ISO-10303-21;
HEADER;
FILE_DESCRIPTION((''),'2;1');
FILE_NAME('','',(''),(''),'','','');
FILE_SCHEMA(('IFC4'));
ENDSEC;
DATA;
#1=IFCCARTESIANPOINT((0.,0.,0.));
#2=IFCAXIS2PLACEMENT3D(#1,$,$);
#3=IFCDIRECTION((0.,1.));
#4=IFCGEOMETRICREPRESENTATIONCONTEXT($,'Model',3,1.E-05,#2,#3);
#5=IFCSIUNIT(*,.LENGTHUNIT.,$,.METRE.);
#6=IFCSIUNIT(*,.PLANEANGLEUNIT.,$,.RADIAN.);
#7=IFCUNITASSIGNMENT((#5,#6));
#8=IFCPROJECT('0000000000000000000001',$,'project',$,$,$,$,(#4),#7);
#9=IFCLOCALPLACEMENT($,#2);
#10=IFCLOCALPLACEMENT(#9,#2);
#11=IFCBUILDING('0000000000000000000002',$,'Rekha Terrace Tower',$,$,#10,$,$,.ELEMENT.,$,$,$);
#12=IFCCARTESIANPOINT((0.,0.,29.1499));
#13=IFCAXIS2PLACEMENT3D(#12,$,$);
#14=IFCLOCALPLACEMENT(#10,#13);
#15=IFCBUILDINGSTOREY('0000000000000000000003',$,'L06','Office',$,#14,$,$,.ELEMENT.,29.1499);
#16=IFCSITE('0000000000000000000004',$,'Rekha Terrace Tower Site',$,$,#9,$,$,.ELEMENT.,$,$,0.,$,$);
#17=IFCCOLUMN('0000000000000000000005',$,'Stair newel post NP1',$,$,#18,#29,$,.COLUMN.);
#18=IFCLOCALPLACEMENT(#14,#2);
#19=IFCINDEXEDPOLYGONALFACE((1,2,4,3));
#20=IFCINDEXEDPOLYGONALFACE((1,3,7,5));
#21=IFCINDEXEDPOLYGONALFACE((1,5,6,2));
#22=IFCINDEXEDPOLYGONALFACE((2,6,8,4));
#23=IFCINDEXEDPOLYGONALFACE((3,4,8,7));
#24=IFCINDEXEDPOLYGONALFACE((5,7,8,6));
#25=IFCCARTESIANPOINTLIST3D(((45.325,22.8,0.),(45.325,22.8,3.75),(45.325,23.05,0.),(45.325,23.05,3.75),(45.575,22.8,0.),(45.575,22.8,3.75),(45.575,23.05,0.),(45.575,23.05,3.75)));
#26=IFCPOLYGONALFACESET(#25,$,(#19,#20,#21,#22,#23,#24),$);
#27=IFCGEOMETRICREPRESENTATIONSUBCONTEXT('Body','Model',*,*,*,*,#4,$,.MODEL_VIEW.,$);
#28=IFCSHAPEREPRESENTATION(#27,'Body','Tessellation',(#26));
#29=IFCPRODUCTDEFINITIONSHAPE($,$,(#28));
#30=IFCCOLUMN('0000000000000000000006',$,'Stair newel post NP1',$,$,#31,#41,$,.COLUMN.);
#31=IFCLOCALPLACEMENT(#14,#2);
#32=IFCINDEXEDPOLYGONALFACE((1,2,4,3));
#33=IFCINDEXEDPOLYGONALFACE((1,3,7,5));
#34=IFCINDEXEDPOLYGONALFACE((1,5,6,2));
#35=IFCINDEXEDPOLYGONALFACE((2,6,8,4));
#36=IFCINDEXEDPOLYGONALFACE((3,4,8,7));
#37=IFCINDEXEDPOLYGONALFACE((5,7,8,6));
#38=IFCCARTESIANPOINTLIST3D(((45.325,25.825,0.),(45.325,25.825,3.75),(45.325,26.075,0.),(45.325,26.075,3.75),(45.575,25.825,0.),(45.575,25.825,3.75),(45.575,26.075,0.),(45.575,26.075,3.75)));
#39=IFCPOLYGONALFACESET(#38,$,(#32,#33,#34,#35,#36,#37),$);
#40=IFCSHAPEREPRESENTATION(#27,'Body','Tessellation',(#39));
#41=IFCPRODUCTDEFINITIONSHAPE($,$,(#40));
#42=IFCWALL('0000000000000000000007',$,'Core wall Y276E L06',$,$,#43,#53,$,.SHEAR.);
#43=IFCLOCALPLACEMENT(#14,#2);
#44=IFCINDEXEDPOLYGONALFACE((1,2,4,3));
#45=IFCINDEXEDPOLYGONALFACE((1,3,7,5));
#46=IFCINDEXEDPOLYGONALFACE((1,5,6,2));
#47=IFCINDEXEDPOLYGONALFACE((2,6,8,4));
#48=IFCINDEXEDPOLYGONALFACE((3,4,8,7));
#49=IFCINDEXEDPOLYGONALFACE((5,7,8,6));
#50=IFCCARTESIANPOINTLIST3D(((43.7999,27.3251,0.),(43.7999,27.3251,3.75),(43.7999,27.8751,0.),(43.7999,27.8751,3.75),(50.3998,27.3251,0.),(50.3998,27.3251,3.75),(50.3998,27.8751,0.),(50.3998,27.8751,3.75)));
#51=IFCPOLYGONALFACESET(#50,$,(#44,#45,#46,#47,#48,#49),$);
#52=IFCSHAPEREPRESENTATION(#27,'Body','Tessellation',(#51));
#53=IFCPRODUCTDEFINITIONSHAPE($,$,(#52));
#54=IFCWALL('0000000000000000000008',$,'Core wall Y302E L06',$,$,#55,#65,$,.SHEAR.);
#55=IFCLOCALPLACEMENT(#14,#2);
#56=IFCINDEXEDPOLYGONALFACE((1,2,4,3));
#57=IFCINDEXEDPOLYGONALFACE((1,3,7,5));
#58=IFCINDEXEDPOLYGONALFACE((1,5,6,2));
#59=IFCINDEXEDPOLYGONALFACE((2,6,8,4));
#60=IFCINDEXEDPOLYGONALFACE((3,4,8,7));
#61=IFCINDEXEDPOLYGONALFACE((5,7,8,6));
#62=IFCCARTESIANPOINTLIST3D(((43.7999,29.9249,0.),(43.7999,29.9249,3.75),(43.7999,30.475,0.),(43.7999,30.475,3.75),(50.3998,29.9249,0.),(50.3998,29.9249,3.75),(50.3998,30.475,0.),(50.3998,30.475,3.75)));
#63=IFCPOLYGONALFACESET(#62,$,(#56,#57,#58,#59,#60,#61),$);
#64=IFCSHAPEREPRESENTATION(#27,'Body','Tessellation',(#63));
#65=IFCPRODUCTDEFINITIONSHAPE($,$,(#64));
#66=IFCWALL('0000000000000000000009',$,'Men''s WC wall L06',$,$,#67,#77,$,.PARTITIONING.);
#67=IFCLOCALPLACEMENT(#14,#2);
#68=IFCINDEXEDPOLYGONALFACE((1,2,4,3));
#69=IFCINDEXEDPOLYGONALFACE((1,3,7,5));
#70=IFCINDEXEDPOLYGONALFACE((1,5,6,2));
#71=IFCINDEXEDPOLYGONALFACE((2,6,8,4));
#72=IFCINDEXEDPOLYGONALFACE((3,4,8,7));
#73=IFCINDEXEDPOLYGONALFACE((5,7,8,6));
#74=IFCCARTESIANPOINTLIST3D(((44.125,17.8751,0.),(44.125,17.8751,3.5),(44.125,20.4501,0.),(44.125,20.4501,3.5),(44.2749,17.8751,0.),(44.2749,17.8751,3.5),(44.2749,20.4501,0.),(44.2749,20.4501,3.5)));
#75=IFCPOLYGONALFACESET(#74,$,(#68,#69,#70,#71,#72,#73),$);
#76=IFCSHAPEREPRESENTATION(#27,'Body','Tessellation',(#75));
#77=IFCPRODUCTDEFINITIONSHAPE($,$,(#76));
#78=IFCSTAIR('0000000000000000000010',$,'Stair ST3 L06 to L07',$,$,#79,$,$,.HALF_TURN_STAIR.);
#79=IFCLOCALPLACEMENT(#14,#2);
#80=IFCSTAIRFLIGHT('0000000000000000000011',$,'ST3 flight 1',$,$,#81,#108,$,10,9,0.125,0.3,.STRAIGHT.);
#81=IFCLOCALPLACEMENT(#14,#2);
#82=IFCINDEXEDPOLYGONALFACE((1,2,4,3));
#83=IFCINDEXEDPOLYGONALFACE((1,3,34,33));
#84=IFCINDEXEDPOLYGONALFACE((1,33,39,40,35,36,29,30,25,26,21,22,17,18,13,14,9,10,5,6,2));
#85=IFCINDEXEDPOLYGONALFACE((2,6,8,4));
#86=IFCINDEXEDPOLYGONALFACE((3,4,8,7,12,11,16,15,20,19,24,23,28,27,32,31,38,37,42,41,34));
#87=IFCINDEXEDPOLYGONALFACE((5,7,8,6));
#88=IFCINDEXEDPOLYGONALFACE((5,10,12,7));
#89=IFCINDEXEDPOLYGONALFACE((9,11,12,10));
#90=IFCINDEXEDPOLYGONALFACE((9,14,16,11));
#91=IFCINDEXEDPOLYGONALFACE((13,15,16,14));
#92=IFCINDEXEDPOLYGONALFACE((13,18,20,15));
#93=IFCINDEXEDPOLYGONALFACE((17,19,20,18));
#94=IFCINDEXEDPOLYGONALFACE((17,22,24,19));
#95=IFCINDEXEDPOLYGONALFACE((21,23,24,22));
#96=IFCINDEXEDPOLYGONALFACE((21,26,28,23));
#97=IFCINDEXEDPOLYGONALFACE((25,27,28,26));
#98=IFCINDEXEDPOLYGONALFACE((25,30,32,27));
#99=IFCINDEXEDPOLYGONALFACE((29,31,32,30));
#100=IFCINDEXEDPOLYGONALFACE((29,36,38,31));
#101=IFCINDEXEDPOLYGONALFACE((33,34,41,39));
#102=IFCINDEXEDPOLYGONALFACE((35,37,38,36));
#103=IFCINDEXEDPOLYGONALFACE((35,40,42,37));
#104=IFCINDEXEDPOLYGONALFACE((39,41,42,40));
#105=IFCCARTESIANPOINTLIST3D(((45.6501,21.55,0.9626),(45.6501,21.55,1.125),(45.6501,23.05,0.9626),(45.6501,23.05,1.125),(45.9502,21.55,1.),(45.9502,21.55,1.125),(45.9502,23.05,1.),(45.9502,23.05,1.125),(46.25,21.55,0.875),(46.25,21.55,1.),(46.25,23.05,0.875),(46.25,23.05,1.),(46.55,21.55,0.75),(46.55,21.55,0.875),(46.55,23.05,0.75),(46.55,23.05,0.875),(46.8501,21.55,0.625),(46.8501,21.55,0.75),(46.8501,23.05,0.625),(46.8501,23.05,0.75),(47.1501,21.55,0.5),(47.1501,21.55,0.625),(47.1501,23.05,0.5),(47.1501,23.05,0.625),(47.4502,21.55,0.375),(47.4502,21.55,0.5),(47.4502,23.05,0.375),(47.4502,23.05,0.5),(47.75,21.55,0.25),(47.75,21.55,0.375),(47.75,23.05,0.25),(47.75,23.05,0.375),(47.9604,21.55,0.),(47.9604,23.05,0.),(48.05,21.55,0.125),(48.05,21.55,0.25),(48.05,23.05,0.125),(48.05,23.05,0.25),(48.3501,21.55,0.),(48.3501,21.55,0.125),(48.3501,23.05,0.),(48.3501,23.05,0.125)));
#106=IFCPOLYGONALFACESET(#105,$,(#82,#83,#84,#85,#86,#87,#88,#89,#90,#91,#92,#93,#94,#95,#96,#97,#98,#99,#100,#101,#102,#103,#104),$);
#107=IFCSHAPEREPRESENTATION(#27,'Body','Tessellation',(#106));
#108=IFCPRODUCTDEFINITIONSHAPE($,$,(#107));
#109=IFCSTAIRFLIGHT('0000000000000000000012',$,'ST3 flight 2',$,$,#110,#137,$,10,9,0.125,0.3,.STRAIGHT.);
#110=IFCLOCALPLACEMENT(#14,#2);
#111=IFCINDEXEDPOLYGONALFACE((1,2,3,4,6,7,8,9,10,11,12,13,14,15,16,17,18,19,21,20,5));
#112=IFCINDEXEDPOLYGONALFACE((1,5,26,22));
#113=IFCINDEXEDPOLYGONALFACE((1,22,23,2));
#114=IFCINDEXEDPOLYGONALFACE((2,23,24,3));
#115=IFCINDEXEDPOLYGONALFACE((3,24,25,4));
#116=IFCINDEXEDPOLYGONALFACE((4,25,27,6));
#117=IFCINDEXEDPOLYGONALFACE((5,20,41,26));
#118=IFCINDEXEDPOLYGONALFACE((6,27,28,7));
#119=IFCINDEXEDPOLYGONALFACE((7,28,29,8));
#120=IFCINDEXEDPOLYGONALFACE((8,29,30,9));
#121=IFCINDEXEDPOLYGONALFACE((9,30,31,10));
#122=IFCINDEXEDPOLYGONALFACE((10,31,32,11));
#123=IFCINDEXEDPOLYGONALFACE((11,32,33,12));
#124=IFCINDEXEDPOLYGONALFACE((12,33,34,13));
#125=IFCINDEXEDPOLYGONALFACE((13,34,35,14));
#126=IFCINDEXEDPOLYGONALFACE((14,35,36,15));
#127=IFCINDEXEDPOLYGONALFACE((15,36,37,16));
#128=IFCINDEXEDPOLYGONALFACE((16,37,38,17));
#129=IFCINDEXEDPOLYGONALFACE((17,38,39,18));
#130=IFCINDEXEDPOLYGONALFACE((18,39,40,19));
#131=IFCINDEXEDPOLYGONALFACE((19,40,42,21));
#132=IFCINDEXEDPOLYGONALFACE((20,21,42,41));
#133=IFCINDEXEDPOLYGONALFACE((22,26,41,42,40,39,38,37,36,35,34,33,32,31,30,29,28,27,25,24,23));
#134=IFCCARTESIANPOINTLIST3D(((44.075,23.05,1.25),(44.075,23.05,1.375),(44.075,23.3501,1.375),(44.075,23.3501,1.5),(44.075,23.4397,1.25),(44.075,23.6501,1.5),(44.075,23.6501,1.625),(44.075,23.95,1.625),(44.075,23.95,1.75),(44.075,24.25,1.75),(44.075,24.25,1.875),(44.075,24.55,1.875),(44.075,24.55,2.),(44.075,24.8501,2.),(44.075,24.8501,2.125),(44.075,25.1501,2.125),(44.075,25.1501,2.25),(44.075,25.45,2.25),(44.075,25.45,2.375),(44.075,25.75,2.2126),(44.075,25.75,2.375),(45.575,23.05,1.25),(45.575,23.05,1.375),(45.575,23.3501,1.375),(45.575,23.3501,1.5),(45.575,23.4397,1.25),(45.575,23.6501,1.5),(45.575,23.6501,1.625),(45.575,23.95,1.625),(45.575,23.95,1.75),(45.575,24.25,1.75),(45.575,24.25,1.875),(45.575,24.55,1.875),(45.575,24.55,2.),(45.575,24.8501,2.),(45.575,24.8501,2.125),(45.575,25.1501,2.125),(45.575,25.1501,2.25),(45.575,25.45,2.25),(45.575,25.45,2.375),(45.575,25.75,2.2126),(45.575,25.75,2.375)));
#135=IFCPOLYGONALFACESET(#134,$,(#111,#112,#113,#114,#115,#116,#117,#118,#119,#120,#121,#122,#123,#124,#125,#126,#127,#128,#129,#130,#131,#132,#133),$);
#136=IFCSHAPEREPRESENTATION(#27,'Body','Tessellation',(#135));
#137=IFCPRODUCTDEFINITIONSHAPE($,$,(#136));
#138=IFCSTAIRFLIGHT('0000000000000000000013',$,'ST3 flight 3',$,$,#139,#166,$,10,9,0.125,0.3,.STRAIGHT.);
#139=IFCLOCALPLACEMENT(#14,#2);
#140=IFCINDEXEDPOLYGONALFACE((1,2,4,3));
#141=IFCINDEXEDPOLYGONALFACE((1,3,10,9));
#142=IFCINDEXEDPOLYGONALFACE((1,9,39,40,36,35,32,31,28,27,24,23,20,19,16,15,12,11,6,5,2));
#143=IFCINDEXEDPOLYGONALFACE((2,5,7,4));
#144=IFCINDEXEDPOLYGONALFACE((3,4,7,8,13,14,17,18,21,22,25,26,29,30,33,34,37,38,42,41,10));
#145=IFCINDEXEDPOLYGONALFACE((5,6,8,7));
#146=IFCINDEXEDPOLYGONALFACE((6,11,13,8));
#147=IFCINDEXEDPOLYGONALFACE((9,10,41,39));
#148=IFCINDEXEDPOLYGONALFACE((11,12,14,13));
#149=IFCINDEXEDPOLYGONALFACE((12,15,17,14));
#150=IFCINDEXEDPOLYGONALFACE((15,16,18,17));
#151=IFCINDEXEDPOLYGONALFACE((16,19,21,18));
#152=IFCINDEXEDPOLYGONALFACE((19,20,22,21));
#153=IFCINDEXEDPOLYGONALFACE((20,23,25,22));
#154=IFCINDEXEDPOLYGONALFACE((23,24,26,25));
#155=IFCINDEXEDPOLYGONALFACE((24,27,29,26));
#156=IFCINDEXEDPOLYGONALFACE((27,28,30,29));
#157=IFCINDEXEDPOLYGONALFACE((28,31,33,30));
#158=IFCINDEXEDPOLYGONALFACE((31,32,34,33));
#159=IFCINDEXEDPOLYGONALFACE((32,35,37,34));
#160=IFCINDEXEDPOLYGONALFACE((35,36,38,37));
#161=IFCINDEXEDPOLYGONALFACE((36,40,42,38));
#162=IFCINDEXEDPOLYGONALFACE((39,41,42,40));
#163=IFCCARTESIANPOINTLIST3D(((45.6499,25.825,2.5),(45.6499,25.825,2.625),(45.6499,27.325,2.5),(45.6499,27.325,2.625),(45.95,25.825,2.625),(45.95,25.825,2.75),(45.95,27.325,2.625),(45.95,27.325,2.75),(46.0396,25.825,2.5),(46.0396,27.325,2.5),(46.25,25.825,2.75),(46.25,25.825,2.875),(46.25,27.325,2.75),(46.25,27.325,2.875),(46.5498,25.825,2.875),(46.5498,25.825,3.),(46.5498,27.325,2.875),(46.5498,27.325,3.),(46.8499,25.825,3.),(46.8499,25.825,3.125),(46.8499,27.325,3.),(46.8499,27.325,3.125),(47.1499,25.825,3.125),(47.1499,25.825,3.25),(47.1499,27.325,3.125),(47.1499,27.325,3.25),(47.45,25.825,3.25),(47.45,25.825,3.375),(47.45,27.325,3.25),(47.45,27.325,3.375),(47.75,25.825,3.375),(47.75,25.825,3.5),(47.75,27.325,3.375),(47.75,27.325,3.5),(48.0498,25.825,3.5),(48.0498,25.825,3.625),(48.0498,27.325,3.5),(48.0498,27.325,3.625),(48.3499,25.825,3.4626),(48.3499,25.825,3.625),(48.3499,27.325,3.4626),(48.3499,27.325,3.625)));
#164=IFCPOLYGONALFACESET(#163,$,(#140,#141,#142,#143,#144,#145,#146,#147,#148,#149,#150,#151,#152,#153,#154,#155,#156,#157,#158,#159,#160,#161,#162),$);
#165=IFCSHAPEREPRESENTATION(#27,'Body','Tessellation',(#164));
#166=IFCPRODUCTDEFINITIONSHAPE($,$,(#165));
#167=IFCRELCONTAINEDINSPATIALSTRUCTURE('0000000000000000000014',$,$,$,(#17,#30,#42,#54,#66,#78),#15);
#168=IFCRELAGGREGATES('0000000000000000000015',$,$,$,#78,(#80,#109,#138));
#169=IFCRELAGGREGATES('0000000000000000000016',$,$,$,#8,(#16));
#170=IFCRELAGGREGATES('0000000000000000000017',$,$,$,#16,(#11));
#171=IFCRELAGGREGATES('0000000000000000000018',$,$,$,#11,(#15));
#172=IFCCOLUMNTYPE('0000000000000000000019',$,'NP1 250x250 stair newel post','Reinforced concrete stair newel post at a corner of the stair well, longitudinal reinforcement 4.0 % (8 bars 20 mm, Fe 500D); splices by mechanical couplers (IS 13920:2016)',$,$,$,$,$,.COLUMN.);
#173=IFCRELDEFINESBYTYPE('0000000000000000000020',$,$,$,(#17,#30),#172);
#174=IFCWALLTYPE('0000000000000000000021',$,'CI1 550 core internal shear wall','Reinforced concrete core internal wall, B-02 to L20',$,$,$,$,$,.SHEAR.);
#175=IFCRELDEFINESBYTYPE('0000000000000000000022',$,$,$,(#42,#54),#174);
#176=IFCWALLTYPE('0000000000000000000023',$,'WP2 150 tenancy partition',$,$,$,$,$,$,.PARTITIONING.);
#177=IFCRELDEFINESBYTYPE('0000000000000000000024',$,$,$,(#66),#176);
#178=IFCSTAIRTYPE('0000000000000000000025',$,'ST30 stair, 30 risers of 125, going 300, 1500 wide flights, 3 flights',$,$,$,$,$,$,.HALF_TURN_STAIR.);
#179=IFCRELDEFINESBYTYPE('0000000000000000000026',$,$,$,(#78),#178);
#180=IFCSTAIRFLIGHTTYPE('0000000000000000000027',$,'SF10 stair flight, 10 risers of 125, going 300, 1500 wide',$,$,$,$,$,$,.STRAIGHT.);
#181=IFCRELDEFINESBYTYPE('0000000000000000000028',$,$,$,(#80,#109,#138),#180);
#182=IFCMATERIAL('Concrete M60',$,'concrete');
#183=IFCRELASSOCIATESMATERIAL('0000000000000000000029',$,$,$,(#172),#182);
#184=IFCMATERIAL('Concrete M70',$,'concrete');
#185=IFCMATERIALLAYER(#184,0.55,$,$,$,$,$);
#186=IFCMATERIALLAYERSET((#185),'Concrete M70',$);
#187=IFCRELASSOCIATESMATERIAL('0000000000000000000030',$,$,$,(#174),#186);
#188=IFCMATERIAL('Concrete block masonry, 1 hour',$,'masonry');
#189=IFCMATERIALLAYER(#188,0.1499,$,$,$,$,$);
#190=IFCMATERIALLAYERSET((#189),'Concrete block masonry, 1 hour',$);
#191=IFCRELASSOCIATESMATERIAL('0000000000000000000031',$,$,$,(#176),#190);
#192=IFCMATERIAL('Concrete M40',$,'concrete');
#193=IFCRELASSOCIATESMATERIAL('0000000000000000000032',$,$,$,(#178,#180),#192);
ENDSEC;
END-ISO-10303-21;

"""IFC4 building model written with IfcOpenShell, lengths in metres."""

from ifc_helpers import new_model, si_unit, direction, frame, frame_2d, origin, origin_2d, place, context, subcontext, project, spatial, polyline, rectangle, outline, extrude, material, layer, layer_set, material_profile, profile_set, type_object, element, aggregate, save


model = new_model("IFC4")

# Units and contexts
model_context = context("Model", 3, precision=1e-05, world=origin(), true_north=direction((0.0, 1.0)))
body_context = subcontext(model_context, "Body", "Model", "MODEL_VIEW")
ifc_project = project(units=[si_unit("LENGTHUNIT", "METRE"), si_unit("PLANEANGLEUNIT", "RADIAN")], contexts=[model_context])

# Site, building, storey
site_placement = place(None, origin())
site = spatial("IfcSite", under=ifc_project, at=site_placement, Name="Rekha Terrace Tower Site", CompositionType="ELEMENT", RefElevation=0.0)
building_placement = place(site_placement, origin())
building = spatial("IfcBuilding", under=site, at=building_placement, Name="Rekha Terrace Tower", CompositionType="ELEMENT")
storey_placement = place(building_placement, frame((0.0, 0.0, 29.1499)))
storey = spatial("IfcBuildingStorey", under=building, at=storey_placement, Name="L06", Description="Office", CompositionType="ELEMENT", Elevation=29.1499)

# Columns
ifc_material_1 = material(Name="Concrete M60", Category="concrete")
ifc_material_profile = material_profile(ifc_material_1, rectangle(XDim=0.25, YDim=0.25, at=origin_2d()), Name="RC 250x250")
ifc_profile_set = profile_set([ifc_material_profile], Name="Concrete M60")
column_type = type_object("IfcColumnType", Name="NP1 250x250 stair newel post", Description="Reinforced concrete stair newel post at a corner of the stair well, longitudinal reinforcement 4.0 % (8 bars 20 mm, Fe 500D); splices by mechanical couplers (IS 13920:2016)", PredefinedType="COLUMN", material=ifc_profile_set)
for number, where, z_axis, x_axis, name in (
    (1, (45.45, 22.925, 0.0), (0.0, 0.0, 1.0), (1.0, 0.0, 0.0), "Stair newel post NP1"),
    (2, (45.45, 25.95, 0.0), (0.0, 0.0, 1.0), (1.0, 0.0, 0.0), "Stair newel post NP1"),
):
    element("IfcColumn", number, at=place(storey_placement, frame(where, z_axis=z_axis, x_axis=x_axis)), inside=storey, type_object=column_type, Name=name, PredefinedType="COLUMN", context=body_context, shape_type="SweptSolid", body=[
        extrude(rectangle(XDim=0.25, YDim=0.25, at=origin_2d()), origin(), (0.0, 0.0, 1.0), 3.75),
    ])

# Walls
ifc_material_2 = material(Name="Concrete M70", Category="concrete")
ifc_layer_1 = layer(ifc_material_2, 0.55)
ifc_layer_set_1 = layer_set([ifc_layer_1], Name="Concrete M70")
wall_type_1 = type_object("IfcWallType", Name="CI1 550 core internal shear wall", Description="Reinforced concrete core internal wall, B-02 to L20", PredefinedType="SHEAR", material=ifc_layer_set_1)
for number, where, z_axis, x_axis, name in (
    (3, (43.8, 27.6001, 0.0), (0.0, 0.0, 1.0), (1.0, 0.0, 0.0), "Core wall Y276E L06"),
    (4, (43.8, 30.2, 0.0), (0.0, 0.0, 1.0), (1.0, 0.0, 0.0), "Core wall Y302E L06"),
):
    element("IfcWall", number, at=place(storey_placement, frame(where, z_axis=z_axis, x_axis=x_axis)), inside=storey, type_object=wall_type_1, Name=name, PredefinedType="SHEAR", context=body_context, shape_type="SweptSolid", body=[
        extrude(rectangle(XDim=6.5999, YDim=0.55, at=frame_2d((3.2998, 0.0))), origin(), (0.0, 0.0, 1.0), 3.75),
    ])
ifc_material_3 = material(Name="Concrete block masonry, 1 hour", Category="masonry")
ifc_layer_2 = layer(ifc_material_3, 0.1499)
ifc_layer_set_2 = layer_set([ifc_layer_2], Name="Concrete block masonry, 1 hour")
wall_type_2 = type_object("IfcWallType", Name="WP2 150 tenancy partition", PredefinedType="PARTITIONING", material=ifc_layer_set_2)
wall_placement = place(storey_placement, frame((44.2, 17.875, 0.0), z_axis=(0.0, 0.0, 1.0), x_axis=(0.0, 1.0, 0.0)))
element("IfcWall", 5, at=wall_placement, inside=storey, type_object=wall_type_2, Name="Men's WC wall L06", PredefinedType="PARTITIONING", context=body_context, shape_type="SweptSolid", body=[
    extrude(rectangle(XDim=2.575, YDim=0.1499, at=frame_2d((1.2876, 0.0))), origin(), (0.0, 0.0, 1.0), 3.5),
])

# Stair, stair flights
ifc_material_4 = material(Name="Concrete M40", Category="concrete")
stair_type = type_object("IfcStairType", Name="ST30 stair, 30 risers of 125, going 300, 1500 wide flights, 3 flights", PredefinedType="HALF_TURN_STAIR", material=ifc_material_4)
stair_placement = place(storey_placement, origin())
stair = element("IfcStair", 6, at=stair_placement, inside=storey, type_object=stair_type, Name="Stair ST3 L06 to L07", PredefinedType="HALF_TURN_STAIR")
stair_flight_type = type_object("IfcStairFlightType", Name="SF10 stair flight, 10 risers of 125, going 300, 1500 wide", PredefinedType="STRAIGHT", material=ifc_material_4)
stair_flight_1_placement = place(storey_placement, frame((48.3501, 22.3, 0.0), z_axis=(0.0, 0.0, 1.0), x_axis=(-1.0, 0.0, 0.0)))
stair_flight_1 = element("IfcStairFlight", 7, at=stair_flight_1_placement, type_object=stair_flight_type, Name="ST3 flight 1", NumberOfRisers=10, NumberOfTreads=9, PredefinedType="STRAIGHT", RiserHeight=0.125, TreadLength=0.3, context=body_context, shape_type="SweptSolid", body=[
    extrude(outline(polyline([(0.0, 0.0), (0.0, 0.125), (0.3, 0.125), (0.3, 0.25), (0.6001, 0.25), (0.6001, 0.375), (0.8999, 0.375), (0.8999, 0.5), (1.2, 0.5), (1.2, 0.625), (1.5, 0.625), (1.5, 0.75), (1.8, 0.75), (1.8, 0.875), (2.1001, 0.875), (2.1001, 1.0), (2.3999, 1.0), (2.3999, 1.125), (2.7, 1.125), (2.7, 1.25), (2.7, 0.9626), (0.3896, 0.0), (0.0, 0.0)])), frame((0.0, 0.75, 0.0), z_axis=(0.0, -1.0, 0.0), x_axis=(1.0, 0.0, 0.0)), (0.0, 0.0, 1.0), 1.5),
])
stair_flight_2_placement = place(storey_placement, frame((44.825, 23.05, 1.25), z_axis=(0.0, 0.0, 1.0), x_axis=(0.0, 1.0, 0.0)))
stair_flight_2 = element("IfcStairFlight", 8, at=stair_flight_2_placement, type_object=stair_flight_type, Name="ST3 flight 2", NumberOfRisers=10, NumberOfTreads=9, PredefinedType="STRAIGHT", RiserHeight=0.125, TreadLength=0.3, context=body_context, shape_type="SweptSolid", body=[
    extrude(outline(polyline([(0.0, 0.0), (0.0, 0.125), (0.3, 0.125), (0.3, 0.25), (0.6001, 0.25), (0.6001, 0.375), (0.8999, 0.375), (0.8999, 0.5), (1.2, 0.5), (1.2, 0.625), (1.5, 0.625), (1.5, 0.75), (1.8, 0.75), (1.8, 0.875), (2.1001, 0.875), (2.1001, 1.0), (2.3999, 1.0), (2.3999, 1.125), (2.7, 1.125), (2.7, 1.25), (2.7, 0.9626), (0.3896, 0.0), (0.0, 0.0)])), frame((0.0, 0.75, 0.0), z_axis=(0.0, -1.0, 0.0), x_axis=(1.0, 0.0, 0.0)), (0.0, 0.0, 1.0), 1.5),
])
stair_flight_3_placement = place(storey_placement, frame((45.6499, 26.575, 2.5), z_axis=(0.0, 0.0, 1.0), x_axis=(1.0, 0.0, 0.0)))
stair_flight_3 = element("IfcStairFlight", 9, at=stair_flight_3_placement, type_object=stair_flight_type, Name="ST3 flight 3", NumberOfRisers=10, NumberOfTreads=9, PredefinedType="STRAIGHT", RiserHeight=0.125, TreadLength=0.3, context=body_context, shape_type="SweptSolid", body=[
    extrude(outline(polyline([(0.0, 0.0), (0.0, 0.125), (0.3, 0.125), (0.3, 0.25), (0.6001, 0.25), (0.6001, 0.375), (0.8999, 0.375), (0.8999, 0.5), (1.2, 0.5), (1.2, 0.625), (1.5, 0.625), (1.5, 0.75), (1.8, 0.75), (1.8, 0.875), (2.1001, 0.875), (2.1001, 1.0), (2.3999, 1.0), (2.3999, 1.125), (2.7, 1.125), (2.7, 1.25), (2.7, 0.9626), (0.3896, 0.0), (0.0, 0.0)])), frame((0.0, 0.75, 0.0), z_axis=(0.0, -1.0, 0.0), x_axis=(1.0, 0.0, 0.0)), (0.0, 0.0, 1.0), 1.5),
])
aggregate(stair, [stair_flight_1, stair_flight_2, stair_flight_3])

save(model, "model.ifc")
